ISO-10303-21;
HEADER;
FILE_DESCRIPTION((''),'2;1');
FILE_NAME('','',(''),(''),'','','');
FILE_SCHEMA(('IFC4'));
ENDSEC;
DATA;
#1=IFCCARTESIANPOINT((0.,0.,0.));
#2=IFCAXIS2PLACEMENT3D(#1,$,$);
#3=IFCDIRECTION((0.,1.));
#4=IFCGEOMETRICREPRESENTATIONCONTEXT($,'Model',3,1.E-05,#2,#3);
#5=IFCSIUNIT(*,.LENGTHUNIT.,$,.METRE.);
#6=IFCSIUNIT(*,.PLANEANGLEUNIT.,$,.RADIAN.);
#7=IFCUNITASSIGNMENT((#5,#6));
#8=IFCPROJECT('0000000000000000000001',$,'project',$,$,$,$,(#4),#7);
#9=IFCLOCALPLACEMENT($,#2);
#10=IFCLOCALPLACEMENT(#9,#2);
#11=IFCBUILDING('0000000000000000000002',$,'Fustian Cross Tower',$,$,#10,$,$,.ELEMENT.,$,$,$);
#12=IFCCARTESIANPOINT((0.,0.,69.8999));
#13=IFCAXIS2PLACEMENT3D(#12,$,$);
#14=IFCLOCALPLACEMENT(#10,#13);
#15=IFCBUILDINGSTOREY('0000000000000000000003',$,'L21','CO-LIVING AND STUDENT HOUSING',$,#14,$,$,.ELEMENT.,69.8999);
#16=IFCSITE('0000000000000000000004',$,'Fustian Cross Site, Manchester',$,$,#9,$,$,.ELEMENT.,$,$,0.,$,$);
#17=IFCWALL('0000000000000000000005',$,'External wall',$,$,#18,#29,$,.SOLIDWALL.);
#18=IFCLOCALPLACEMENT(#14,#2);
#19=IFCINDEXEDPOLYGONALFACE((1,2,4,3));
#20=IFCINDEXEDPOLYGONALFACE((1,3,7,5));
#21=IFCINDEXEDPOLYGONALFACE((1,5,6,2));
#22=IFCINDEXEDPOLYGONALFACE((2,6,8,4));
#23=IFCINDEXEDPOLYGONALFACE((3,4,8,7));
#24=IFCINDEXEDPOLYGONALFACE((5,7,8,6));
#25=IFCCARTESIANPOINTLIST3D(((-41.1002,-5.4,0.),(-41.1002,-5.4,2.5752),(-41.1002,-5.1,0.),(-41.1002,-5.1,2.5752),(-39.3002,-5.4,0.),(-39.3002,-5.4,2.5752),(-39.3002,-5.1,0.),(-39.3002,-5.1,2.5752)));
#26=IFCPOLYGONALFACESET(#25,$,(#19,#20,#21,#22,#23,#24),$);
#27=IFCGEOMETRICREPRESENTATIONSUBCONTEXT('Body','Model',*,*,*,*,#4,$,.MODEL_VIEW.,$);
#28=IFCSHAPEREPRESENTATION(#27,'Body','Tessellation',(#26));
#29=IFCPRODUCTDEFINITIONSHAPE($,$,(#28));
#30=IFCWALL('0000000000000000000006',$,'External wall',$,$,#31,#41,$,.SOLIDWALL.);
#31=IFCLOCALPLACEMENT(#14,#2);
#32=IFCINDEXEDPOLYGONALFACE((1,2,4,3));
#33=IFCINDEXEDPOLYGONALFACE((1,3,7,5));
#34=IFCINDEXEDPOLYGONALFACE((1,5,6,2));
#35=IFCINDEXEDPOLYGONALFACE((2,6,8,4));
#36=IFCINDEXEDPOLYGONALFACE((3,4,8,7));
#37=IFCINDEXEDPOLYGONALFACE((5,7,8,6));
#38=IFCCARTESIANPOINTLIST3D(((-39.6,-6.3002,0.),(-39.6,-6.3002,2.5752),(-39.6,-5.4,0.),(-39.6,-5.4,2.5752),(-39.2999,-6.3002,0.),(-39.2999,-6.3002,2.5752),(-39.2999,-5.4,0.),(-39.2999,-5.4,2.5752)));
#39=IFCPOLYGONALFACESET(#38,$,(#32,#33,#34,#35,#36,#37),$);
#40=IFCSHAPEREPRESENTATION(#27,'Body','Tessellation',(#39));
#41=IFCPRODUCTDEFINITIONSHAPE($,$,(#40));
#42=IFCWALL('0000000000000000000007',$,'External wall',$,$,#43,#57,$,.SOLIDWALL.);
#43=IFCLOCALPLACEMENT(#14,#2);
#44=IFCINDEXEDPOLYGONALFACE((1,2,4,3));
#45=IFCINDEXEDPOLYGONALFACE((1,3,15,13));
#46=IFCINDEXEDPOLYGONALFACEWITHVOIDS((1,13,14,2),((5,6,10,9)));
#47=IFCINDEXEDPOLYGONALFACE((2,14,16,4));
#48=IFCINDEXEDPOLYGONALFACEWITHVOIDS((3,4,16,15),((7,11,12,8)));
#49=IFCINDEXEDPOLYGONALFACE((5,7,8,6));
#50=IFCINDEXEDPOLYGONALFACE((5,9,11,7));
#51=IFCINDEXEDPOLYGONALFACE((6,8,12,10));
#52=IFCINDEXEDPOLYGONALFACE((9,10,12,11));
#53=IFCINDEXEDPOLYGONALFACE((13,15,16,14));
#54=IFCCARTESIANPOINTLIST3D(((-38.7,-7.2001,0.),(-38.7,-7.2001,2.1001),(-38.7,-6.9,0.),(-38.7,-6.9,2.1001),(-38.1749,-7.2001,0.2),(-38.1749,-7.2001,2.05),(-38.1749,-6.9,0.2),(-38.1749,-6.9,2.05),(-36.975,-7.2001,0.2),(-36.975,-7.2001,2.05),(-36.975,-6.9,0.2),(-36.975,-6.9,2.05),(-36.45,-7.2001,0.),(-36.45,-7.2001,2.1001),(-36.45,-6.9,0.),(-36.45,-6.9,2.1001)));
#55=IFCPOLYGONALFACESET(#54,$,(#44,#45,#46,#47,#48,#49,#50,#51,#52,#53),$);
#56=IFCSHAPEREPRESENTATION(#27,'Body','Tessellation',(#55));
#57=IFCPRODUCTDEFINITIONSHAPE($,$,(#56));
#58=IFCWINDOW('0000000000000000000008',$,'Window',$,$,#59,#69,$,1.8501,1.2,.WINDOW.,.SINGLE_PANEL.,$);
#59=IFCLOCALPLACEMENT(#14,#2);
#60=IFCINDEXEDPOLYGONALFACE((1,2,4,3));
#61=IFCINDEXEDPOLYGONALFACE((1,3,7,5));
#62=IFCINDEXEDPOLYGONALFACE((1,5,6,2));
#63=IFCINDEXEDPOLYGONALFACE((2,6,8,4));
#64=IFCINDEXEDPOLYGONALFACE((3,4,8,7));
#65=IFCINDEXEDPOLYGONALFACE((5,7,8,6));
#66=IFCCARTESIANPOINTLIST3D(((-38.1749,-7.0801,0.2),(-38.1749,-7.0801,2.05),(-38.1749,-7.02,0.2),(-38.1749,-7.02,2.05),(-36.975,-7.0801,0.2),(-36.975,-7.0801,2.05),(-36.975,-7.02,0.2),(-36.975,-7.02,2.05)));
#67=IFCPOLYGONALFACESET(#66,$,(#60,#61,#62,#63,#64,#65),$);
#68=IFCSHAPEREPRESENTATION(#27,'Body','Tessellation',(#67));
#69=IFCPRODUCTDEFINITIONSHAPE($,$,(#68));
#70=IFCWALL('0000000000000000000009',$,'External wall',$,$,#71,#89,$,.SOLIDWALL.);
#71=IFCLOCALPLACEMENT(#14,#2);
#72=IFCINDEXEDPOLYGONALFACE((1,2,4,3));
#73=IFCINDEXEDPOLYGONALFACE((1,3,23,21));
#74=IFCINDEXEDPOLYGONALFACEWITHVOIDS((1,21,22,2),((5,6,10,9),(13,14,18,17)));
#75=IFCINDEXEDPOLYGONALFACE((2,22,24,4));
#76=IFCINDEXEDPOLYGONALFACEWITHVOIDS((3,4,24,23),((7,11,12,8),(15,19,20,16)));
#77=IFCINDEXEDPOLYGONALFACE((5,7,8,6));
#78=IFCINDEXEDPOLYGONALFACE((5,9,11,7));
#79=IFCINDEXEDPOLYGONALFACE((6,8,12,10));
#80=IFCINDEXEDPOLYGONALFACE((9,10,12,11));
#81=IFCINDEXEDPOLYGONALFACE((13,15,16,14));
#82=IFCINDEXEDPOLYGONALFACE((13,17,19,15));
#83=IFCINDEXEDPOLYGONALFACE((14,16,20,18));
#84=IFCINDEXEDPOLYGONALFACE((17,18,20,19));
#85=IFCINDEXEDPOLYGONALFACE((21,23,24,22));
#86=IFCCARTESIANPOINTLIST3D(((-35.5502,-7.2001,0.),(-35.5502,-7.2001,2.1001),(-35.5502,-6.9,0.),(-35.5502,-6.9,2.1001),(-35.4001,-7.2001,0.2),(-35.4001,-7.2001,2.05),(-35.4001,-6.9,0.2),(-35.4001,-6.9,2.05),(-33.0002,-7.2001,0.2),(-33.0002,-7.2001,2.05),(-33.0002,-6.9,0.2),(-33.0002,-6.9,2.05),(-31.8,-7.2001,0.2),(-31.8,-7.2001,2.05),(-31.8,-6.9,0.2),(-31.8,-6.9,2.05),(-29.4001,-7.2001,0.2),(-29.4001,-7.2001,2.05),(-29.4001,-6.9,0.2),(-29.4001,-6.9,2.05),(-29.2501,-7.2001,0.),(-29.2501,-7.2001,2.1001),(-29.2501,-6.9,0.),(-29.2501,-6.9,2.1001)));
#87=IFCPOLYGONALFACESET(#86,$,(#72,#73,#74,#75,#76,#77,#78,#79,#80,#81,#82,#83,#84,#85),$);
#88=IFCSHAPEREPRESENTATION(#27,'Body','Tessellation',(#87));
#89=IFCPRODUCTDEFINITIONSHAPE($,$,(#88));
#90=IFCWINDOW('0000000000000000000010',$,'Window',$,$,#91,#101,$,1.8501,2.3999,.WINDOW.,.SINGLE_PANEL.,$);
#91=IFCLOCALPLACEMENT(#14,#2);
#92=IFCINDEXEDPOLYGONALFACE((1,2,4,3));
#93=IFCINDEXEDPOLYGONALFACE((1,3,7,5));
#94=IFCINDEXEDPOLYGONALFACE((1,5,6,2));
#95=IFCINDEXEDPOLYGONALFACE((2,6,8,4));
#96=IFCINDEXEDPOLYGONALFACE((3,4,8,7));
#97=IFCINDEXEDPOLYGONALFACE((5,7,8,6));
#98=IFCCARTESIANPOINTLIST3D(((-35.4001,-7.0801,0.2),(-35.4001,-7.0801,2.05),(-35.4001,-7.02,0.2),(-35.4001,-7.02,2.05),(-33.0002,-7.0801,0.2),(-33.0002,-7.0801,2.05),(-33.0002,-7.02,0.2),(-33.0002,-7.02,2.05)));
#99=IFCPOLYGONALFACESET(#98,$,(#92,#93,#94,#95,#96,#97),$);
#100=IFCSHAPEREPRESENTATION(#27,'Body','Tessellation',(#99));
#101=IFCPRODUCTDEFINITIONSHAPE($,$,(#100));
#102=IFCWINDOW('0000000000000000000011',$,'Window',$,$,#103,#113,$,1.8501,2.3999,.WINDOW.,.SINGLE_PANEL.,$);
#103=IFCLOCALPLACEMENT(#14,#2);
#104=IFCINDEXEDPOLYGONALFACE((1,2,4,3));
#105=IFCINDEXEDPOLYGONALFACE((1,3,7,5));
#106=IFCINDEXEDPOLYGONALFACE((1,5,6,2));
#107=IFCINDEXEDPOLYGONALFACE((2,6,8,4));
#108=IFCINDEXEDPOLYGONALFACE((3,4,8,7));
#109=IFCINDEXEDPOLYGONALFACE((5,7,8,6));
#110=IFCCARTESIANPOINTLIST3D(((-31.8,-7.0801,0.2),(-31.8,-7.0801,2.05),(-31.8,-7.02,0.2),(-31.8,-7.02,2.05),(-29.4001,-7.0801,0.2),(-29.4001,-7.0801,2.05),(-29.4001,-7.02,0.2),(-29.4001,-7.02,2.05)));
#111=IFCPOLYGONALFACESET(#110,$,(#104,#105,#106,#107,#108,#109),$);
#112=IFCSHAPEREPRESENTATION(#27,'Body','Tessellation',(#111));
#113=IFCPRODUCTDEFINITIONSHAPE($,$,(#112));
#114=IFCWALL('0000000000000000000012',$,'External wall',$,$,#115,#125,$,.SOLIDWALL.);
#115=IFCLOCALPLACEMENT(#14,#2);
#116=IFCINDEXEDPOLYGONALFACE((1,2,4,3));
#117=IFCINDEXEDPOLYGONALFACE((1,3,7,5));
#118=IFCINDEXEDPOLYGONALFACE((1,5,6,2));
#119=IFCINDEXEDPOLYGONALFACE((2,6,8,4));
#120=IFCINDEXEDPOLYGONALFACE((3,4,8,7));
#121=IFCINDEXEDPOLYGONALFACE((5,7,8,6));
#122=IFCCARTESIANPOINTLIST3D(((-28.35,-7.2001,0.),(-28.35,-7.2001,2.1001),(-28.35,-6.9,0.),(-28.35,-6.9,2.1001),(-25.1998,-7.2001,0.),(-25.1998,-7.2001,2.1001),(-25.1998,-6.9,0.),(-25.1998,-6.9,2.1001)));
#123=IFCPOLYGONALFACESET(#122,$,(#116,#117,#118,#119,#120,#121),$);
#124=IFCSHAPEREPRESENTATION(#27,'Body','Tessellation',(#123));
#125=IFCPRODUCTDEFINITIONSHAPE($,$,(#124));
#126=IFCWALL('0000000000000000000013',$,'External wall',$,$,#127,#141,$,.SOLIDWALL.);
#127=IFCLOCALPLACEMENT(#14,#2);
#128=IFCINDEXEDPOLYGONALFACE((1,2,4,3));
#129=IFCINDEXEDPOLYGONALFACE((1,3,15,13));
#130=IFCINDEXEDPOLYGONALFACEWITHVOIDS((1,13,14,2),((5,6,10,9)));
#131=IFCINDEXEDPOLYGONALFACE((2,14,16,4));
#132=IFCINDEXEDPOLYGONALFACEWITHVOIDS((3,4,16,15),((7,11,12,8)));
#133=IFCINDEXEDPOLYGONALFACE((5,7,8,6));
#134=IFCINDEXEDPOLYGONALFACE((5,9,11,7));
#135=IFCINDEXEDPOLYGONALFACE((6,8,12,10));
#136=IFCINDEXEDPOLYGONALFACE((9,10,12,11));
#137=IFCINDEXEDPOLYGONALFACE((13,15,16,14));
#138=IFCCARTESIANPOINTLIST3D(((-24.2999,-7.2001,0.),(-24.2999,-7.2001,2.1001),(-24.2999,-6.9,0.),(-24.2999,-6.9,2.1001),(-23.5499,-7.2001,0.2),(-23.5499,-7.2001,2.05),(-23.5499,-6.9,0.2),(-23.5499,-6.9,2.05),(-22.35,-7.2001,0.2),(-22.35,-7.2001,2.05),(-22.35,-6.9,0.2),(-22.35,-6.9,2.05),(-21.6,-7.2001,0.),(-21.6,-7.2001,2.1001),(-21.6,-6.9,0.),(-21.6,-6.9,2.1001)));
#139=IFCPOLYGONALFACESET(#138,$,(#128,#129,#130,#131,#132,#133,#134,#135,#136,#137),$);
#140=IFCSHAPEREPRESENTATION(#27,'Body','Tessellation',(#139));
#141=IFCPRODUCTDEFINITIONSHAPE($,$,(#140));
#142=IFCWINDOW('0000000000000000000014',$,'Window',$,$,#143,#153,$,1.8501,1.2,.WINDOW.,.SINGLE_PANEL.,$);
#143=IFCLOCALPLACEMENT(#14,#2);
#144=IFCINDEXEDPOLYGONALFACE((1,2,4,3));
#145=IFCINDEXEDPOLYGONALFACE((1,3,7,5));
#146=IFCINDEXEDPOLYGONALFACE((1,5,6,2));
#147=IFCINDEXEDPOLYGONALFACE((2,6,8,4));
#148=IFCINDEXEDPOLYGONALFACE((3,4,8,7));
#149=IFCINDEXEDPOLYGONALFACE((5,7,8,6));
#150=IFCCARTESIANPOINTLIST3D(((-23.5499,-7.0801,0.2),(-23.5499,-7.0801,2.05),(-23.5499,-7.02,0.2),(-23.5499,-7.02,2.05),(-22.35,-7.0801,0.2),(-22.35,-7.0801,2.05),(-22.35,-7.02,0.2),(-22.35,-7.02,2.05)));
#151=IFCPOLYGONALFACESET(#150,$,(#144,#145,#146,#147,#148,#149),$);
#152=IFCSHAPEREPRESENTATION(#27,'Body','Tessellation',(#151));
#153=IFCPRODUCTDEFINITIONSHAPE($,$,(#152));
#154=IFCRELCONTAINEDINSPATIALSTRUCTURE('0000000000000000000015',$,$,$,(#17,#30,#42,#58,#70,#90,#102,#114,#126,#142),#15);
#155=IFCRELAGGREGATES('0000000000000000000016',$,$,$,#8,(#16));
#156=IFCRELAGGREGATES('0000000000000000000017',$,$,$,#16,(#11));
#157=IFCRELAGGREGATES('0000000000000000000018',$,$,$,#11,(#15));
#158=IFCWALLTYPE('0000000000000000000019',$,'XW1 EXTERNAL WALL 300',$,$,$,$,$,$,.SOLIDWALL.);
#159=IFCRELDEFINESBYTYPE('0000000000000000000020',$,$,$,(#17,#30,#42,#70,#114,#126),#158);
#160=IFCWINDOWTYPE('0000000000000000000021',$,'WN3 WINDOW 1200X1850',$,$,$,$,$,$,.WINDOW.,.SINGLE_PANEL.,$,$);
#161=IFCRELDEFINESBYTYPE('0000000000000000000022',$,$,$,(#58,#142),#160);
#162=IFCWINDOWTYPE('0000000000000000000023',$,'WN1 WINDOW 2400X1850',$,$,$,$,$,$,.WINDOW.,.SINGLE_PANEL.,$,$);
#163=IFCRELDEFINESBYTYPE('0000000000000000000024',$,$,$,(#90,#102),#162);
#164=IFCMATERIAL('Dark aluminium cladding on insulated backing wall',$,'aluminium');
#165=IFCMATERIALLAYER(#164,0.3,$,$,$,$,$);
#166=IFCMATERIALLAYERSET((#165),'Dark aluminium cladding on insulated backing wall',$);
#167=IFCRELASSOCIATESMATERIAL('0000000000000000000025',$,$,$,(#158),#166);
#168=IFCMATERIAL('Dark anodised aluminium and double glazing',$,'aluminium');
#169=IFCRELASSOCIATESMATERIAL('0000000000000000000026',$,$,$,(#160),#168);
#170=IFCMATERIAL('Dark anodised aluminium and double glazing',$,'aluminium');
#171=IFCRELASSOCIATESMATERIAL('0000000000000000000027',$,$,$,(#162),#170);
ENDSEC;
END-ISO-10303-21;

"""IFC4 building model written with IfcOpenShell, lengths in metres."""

from ifc_helpers import new_model, si_unit, direction, frame, frame_2d, origin, place, context, subcontext, project, spatial, rectangle, extrude, material, layer, layer_set, type_object, element, fill, save


model = new_model("IFC4")

# Units and contexts
model_context = context("Model", 3, precision=1e-05, world=origin(), true_north=direction((0.0, 1.0)))
body_context = subcontext(model_context, "Body", "Model", "MODEL_VIEW")
ifc_project = project(units=[si_unit("LENGTHUNIT", "METRE"), si_unit("PLANEANGLEUNIT", "RADIAN")], contexts=[model_context])

# Site, building, storey
site_placement = place(None, origin())
site = spatial("IfcSite", under=ifc_project, at=site_placement, Name="Fustian Cross Site, Manchester", CompositionType="ELEMENT", RefElevation=0.0)
building_placement = place(site_placement, origin())
building = spatial("IfcBuilding", under=site, at=building_placement, Name="Fustian Cross Tower", CompositionType="ELEMENT")
storey_placement = place(building_placement, frame((0.0, 0.0, 69.8999)))
storey = spatial("IfcBuildingStorey", under=building, at=storey_placement, Name="L21", Description="CO-LIVING AND STUDENT HOUSING", CompositionType="ELEMENT", Elevation=69.8999)

# Walls
ifc_material_1 = material(Name="Dark aluminium cladding on insulated backing wall", Category="aluminium")
ifc_layer_1 = layer(ifc_material_1, 0.3)
ifc_layer_set_1 = layer_set([ifc_layer_1], Name="Dark aluminium cladding on insulated backing wall")
wall_type_1 = type_object("IfcWallType", Name="XW1 EXTERNAL WALL 300", PredefinedType="SOLIDWALL", material=ifc_layer_set_1)
wall_1_placement = place(storey_placement, frame((-41.1001, -5.25, 0.0), z_axis=(0.0, 0.0, 1.0), x_axis=(1.0, 0.0, 0.0)))
element("IfcWall", 1, at=wall_1_placement, inside=storey, type_object=wall_type_1, Name="External wall", PredefinedType="SOLIDWALL", context=body_context, shape_type="SweptSolid", body=[
    extrude(rectangle(XDim=1.8, YDim=0.3, at=frame_2d((0.8999, 0.0))), origin(), (0.0, 0.0, 1.0), 2.5752),
])
wall_2_placement = place(storey_placement, frame((-39.45, -5.3999, 0.0), z_axis=(0.0, 0.0, 1.0), x_axis=(0.0, -1.0, 0.0)))
element("IfcWall", 2, at=wall_2_placement, inside=storey, type_object=wall_type_1, Name="External wall", PredefinedType="SOLIDWALL", context=body_context, shape_type="SweptSolid", body=[
    extrude(rectangle(XDim=0.9001, YDim=0.3, at=frame_2d((0.4502, 0.0))), origin(), (0.0, 0.0, 1.0), 2.5752),
])

# Wall, opening, window
wall_3_placement = place(storey_placement, frame((-38.7, -7.05, 0.0), z_axis=(0.0, 0.0, 1.0), x_axis=(1.0, 0.0, 0.0)))
wall_3 = element("IfcWall", 3, at=wall_3_placement, inside=storey, type_object=wall_type_1, Name="External wall", PredefinedType="SOLIDWALL", context=body_context, shape_type="SweptSolid", body=[
    extrude(rectangle(XDim=2.25, YDim=0.3, at=frame_2d((1.125, 0.0))), origin(), (0.0, 0.0, 1.0), 2.1001),
])
opening_1_placement = place(wall_3_placement, frame((0.5249, 0.0, 0.2)))
opening_1 = element("IfcOpeningElement", 4, at=opening_1_placement, cuts=wall_3, PredefinedType="OPENING", context=body_context, shape_type="SweptSolid", body=[
    extrude(rectangle(XDim=1.2, YDim=1.8501, at=frame_2d((0.6001, 0.925))), frame((0.0, 0.1599, 0.0), z_axis=(0.0, -1.0, 0.0), x_axis=(1.0, 0.0, 0.0)), (0.0, 0.0, 1.0), 0.3201),
])
ifc_material_2 = material(Name="Dark anodised aluminium and double glazing", Category="aluminium")
window_type_1 = type_object("IfcWindowType", Name="WN3 WINDOW 1200X1850", PartitioningType="SINGLE_PANEL", PredefinedType="WINDOW", material=ifc_material_2)
window_1_placement = place(opening_1_placement, origin())
window_1 = element("IfcWindow", 5, at=window_1_placement, inside=storey, type_object=window_type_1, Name="Window", OverallHeight=1.8501, OverallWidth=1.2, PartitioningType="SINGLE_PANEL", PredefinedType="WINDOW", context=body_context, shape_type="SweptSolid", body=[
    extrude(rectangle(XDim=1.2, YDim=1.8501, at=frame_2d((0.6001, 0.925))), frame((0.0, 0.03, 0.0), z_axis=(0.0, -1.0, 0.0), x_axis=(1.0, 0.0, 0.0)), (0.0, 0.0, 1.0), 0.0601),
])
fill(opening_1, window_1)

# Wall, openings, windows
wall_4_placement = place(storey_placement, frame((-35.55, -7.05, 0.0), z_axis=(0.0, 0.0, 1.0), x_axis=(1.0, 0.0, 0.0)))
wall_4 = element("IfcWall", 6, at=wall_4_placement, inside=storey, type_object=wall_type_1, Name="External wall", PredefinedType="SOLIDWALL", context=body_context, shape_type="SweptSolid", body=[
    extrude(rectangle(XDim=6.3, YDim=0.3, at=frame_2d((3.1499, 0.0))), origin(), (0.0, 0.0, 1.0), 2.1001),
])
opening_2_placement = place(wall_4_placement, frame((0.1499, 0.0, 0.2)))
opening_2 = element("IfcOpeningElement", 7, at=opening_2_placement, cuts=wall_4, PredefinedType="OPENING", context=body_context, shape_type="SweptSolid", body=[
    extrude(rectangle(XDim=2.3999, YDim=1.8501, at=frame_2d((1.2, 0.925))), frame((0.0, 0.1599, 0.0), z_axis=(0.0, -1.0, 0.0), x_axis=(1.0, 0.0, 0.0)), (0.0, 0.0, 1.0), 0.3201),
])
opening_3_placement = place(wall_4_placement, frame((3.75, 0.0, 0.2)))
opening_3 = element("IfcOpeningElement", 8, at=opening_3_placement, cuts=wall_4, PredefinedType="OPENING", context=body_context, shape_type="SweptSolid", body=[
    extrude(rectangle(XDim=2.3999, YDim=1.8501, at=frame_2d((1.2, 0.925))), frame((0.0, 0.1599, 0.0), z_axis=(0.0, -1.0, 0.0), x_axis=(1.0, 0.0, 0.0)), (0.0, 0.0, 1.0), 0.3201),
])
ifc_material_3 = material(Name="Dark anodised aluminium and double glazing", Category="aluminium")
window_type_2 = type_object("IfcWindowType", Name="WN1 WINDOW 2400X1850", PartitioningType="SINGLE_PANEL", PredefinedType="WINDOW", material=ifc_material_3)
window_2_placement = place(opening_2_placement, origin())
window_2 = element("IfcWindow", 9, at=window_2_placement, inside=storey, type_object=window_type_2, Name="Window", OverallHeight=1.8501, OverallWidth=2.3999, PartitioningType="SINGLE_PANEL", PredefinedType="WINDOW", context=body_context, shape_type="SweptSolid", body=[
    extrude(rectangle(XDim=2.3999, YDim=1.8501, at=frame_2d((1.2, 0.925))), frame((0.0, 0.03, 0.0), z_axis=(0.0, -1.0, 0.0), x_axis=(1.0, 0.0, 0.0)), (0.0, 0.0, 1.0), 0.0601),
])
fill(opening_2, window_2)
window_3_placement = place(opening_3_placement, origin())
window_3 = element("IfcWindow", 10, at=window_3_placement, inside=storey, type_object=window_type_2, Name="Window", OverallHeight=1.8501, OverallWidth=2.3999, PartitioningType="SINGLE_PANEL", PredefinedType="WINDOW", context=body_context, shape_type="SweptSolid", body=[
    extrude(rectangle(XDim=2.3999, YDim=1.8501, at=frame_2d((1.2, 0.925))), frame((0.0, 0.03, 0.0), z_axis=(0.0, -1.0, 0.0), x_axis=(1.0, 0.0, 0.0)), (0.0, 0.0, 1.0), 0.0601),
])
fill(opening_3, window_3)

# Wall
wall_5_placement = place(storey_placement, frame((-28.3501, -7.05, 0.0), z_axis=(0.0, 0.0, 1.0), x_axis=(1.0, 0.0, 0.0)))
element("IfcWall", 11, at=wall_5_placement, inside=storey, type_object=wall_type_1, Name="External wall", PredefinedType="SOLIDWALL", context=body_context, shape_type="SweptSolid", body=[
    extrude(rectangle(XDim=3.1501, YDim=0.3, at=frame_2d((1.5752, 0.0))), origin(), (0.0, 0.0, 1.0), 2.1001),
])

# Wall, opening, window
wall_6_placement = place(storey_placement, frame((-24.3, -7.05, 0.0), z_axis=(0.0, 0.0, 1.0), x_axis=(1.0, 0.0, 0.0)))
wall_6 = element("IfcWall", 12, at=wall_6_placement, inside=storey, type_object=wall_type_1, Name="External wall", PredefinedType="SOLIDWALL", context=body_context, shape_type="SweptSolid", body=[
    extrude(rectangle(XDim=2.7, YDim=0.3, at=frame_2d((1.3501, 0.0))), origin(), (0.0, 0.0, 1.0), 2.1001),
])
opening_4_placement = place(wall_6_placement, frame((0.75, 0.0, 0.2)))
opening_4 = element("IfcOpeningElement", 13, at=opening_4_placement, cuts=wall_6, PredefinedType="OPENING", context=body_context, shape_type="SweptSolid", body=[
    extrude(rectangle(XDim=1.2, YDim=1.8501, at=frame_2d((0.6001, 0.925))), frame((0.0, 0.1599, 0.0), z_axis=(0.0, -1.0, 0.0), x_axis=(1.0, 0.0, 0.0)), (0.0, 0.0, 1.0), 0.3201),
])
window_4_placement = place(opening_4_placement, origin())
window_4 = element("IfcWindow", 14, at=window_4_placement, inside=storey, type_object=window_type_1, Name="Window", OverallHeight=1.8501, OverallWidth=1.2, PartitioningType="SINGLE_PANEL", PredefinedType="WINDOW", context=body_context, shape_type="SweptSolid", body=[
    extrude(rectangle(XDim=1.2, YDim=1.8501, at=frame_2d((0.6001, 0.925))), frame((0.0, 0.03, 0.0), z_axis=(0.0, -1.0, 0.0), x_axis=(1.0, 0.0, 0.0)), (0.0, 0.0, 1.0), 0.0601),
])
fill(opening_4, window_4)

save(model, "model.ifc")
